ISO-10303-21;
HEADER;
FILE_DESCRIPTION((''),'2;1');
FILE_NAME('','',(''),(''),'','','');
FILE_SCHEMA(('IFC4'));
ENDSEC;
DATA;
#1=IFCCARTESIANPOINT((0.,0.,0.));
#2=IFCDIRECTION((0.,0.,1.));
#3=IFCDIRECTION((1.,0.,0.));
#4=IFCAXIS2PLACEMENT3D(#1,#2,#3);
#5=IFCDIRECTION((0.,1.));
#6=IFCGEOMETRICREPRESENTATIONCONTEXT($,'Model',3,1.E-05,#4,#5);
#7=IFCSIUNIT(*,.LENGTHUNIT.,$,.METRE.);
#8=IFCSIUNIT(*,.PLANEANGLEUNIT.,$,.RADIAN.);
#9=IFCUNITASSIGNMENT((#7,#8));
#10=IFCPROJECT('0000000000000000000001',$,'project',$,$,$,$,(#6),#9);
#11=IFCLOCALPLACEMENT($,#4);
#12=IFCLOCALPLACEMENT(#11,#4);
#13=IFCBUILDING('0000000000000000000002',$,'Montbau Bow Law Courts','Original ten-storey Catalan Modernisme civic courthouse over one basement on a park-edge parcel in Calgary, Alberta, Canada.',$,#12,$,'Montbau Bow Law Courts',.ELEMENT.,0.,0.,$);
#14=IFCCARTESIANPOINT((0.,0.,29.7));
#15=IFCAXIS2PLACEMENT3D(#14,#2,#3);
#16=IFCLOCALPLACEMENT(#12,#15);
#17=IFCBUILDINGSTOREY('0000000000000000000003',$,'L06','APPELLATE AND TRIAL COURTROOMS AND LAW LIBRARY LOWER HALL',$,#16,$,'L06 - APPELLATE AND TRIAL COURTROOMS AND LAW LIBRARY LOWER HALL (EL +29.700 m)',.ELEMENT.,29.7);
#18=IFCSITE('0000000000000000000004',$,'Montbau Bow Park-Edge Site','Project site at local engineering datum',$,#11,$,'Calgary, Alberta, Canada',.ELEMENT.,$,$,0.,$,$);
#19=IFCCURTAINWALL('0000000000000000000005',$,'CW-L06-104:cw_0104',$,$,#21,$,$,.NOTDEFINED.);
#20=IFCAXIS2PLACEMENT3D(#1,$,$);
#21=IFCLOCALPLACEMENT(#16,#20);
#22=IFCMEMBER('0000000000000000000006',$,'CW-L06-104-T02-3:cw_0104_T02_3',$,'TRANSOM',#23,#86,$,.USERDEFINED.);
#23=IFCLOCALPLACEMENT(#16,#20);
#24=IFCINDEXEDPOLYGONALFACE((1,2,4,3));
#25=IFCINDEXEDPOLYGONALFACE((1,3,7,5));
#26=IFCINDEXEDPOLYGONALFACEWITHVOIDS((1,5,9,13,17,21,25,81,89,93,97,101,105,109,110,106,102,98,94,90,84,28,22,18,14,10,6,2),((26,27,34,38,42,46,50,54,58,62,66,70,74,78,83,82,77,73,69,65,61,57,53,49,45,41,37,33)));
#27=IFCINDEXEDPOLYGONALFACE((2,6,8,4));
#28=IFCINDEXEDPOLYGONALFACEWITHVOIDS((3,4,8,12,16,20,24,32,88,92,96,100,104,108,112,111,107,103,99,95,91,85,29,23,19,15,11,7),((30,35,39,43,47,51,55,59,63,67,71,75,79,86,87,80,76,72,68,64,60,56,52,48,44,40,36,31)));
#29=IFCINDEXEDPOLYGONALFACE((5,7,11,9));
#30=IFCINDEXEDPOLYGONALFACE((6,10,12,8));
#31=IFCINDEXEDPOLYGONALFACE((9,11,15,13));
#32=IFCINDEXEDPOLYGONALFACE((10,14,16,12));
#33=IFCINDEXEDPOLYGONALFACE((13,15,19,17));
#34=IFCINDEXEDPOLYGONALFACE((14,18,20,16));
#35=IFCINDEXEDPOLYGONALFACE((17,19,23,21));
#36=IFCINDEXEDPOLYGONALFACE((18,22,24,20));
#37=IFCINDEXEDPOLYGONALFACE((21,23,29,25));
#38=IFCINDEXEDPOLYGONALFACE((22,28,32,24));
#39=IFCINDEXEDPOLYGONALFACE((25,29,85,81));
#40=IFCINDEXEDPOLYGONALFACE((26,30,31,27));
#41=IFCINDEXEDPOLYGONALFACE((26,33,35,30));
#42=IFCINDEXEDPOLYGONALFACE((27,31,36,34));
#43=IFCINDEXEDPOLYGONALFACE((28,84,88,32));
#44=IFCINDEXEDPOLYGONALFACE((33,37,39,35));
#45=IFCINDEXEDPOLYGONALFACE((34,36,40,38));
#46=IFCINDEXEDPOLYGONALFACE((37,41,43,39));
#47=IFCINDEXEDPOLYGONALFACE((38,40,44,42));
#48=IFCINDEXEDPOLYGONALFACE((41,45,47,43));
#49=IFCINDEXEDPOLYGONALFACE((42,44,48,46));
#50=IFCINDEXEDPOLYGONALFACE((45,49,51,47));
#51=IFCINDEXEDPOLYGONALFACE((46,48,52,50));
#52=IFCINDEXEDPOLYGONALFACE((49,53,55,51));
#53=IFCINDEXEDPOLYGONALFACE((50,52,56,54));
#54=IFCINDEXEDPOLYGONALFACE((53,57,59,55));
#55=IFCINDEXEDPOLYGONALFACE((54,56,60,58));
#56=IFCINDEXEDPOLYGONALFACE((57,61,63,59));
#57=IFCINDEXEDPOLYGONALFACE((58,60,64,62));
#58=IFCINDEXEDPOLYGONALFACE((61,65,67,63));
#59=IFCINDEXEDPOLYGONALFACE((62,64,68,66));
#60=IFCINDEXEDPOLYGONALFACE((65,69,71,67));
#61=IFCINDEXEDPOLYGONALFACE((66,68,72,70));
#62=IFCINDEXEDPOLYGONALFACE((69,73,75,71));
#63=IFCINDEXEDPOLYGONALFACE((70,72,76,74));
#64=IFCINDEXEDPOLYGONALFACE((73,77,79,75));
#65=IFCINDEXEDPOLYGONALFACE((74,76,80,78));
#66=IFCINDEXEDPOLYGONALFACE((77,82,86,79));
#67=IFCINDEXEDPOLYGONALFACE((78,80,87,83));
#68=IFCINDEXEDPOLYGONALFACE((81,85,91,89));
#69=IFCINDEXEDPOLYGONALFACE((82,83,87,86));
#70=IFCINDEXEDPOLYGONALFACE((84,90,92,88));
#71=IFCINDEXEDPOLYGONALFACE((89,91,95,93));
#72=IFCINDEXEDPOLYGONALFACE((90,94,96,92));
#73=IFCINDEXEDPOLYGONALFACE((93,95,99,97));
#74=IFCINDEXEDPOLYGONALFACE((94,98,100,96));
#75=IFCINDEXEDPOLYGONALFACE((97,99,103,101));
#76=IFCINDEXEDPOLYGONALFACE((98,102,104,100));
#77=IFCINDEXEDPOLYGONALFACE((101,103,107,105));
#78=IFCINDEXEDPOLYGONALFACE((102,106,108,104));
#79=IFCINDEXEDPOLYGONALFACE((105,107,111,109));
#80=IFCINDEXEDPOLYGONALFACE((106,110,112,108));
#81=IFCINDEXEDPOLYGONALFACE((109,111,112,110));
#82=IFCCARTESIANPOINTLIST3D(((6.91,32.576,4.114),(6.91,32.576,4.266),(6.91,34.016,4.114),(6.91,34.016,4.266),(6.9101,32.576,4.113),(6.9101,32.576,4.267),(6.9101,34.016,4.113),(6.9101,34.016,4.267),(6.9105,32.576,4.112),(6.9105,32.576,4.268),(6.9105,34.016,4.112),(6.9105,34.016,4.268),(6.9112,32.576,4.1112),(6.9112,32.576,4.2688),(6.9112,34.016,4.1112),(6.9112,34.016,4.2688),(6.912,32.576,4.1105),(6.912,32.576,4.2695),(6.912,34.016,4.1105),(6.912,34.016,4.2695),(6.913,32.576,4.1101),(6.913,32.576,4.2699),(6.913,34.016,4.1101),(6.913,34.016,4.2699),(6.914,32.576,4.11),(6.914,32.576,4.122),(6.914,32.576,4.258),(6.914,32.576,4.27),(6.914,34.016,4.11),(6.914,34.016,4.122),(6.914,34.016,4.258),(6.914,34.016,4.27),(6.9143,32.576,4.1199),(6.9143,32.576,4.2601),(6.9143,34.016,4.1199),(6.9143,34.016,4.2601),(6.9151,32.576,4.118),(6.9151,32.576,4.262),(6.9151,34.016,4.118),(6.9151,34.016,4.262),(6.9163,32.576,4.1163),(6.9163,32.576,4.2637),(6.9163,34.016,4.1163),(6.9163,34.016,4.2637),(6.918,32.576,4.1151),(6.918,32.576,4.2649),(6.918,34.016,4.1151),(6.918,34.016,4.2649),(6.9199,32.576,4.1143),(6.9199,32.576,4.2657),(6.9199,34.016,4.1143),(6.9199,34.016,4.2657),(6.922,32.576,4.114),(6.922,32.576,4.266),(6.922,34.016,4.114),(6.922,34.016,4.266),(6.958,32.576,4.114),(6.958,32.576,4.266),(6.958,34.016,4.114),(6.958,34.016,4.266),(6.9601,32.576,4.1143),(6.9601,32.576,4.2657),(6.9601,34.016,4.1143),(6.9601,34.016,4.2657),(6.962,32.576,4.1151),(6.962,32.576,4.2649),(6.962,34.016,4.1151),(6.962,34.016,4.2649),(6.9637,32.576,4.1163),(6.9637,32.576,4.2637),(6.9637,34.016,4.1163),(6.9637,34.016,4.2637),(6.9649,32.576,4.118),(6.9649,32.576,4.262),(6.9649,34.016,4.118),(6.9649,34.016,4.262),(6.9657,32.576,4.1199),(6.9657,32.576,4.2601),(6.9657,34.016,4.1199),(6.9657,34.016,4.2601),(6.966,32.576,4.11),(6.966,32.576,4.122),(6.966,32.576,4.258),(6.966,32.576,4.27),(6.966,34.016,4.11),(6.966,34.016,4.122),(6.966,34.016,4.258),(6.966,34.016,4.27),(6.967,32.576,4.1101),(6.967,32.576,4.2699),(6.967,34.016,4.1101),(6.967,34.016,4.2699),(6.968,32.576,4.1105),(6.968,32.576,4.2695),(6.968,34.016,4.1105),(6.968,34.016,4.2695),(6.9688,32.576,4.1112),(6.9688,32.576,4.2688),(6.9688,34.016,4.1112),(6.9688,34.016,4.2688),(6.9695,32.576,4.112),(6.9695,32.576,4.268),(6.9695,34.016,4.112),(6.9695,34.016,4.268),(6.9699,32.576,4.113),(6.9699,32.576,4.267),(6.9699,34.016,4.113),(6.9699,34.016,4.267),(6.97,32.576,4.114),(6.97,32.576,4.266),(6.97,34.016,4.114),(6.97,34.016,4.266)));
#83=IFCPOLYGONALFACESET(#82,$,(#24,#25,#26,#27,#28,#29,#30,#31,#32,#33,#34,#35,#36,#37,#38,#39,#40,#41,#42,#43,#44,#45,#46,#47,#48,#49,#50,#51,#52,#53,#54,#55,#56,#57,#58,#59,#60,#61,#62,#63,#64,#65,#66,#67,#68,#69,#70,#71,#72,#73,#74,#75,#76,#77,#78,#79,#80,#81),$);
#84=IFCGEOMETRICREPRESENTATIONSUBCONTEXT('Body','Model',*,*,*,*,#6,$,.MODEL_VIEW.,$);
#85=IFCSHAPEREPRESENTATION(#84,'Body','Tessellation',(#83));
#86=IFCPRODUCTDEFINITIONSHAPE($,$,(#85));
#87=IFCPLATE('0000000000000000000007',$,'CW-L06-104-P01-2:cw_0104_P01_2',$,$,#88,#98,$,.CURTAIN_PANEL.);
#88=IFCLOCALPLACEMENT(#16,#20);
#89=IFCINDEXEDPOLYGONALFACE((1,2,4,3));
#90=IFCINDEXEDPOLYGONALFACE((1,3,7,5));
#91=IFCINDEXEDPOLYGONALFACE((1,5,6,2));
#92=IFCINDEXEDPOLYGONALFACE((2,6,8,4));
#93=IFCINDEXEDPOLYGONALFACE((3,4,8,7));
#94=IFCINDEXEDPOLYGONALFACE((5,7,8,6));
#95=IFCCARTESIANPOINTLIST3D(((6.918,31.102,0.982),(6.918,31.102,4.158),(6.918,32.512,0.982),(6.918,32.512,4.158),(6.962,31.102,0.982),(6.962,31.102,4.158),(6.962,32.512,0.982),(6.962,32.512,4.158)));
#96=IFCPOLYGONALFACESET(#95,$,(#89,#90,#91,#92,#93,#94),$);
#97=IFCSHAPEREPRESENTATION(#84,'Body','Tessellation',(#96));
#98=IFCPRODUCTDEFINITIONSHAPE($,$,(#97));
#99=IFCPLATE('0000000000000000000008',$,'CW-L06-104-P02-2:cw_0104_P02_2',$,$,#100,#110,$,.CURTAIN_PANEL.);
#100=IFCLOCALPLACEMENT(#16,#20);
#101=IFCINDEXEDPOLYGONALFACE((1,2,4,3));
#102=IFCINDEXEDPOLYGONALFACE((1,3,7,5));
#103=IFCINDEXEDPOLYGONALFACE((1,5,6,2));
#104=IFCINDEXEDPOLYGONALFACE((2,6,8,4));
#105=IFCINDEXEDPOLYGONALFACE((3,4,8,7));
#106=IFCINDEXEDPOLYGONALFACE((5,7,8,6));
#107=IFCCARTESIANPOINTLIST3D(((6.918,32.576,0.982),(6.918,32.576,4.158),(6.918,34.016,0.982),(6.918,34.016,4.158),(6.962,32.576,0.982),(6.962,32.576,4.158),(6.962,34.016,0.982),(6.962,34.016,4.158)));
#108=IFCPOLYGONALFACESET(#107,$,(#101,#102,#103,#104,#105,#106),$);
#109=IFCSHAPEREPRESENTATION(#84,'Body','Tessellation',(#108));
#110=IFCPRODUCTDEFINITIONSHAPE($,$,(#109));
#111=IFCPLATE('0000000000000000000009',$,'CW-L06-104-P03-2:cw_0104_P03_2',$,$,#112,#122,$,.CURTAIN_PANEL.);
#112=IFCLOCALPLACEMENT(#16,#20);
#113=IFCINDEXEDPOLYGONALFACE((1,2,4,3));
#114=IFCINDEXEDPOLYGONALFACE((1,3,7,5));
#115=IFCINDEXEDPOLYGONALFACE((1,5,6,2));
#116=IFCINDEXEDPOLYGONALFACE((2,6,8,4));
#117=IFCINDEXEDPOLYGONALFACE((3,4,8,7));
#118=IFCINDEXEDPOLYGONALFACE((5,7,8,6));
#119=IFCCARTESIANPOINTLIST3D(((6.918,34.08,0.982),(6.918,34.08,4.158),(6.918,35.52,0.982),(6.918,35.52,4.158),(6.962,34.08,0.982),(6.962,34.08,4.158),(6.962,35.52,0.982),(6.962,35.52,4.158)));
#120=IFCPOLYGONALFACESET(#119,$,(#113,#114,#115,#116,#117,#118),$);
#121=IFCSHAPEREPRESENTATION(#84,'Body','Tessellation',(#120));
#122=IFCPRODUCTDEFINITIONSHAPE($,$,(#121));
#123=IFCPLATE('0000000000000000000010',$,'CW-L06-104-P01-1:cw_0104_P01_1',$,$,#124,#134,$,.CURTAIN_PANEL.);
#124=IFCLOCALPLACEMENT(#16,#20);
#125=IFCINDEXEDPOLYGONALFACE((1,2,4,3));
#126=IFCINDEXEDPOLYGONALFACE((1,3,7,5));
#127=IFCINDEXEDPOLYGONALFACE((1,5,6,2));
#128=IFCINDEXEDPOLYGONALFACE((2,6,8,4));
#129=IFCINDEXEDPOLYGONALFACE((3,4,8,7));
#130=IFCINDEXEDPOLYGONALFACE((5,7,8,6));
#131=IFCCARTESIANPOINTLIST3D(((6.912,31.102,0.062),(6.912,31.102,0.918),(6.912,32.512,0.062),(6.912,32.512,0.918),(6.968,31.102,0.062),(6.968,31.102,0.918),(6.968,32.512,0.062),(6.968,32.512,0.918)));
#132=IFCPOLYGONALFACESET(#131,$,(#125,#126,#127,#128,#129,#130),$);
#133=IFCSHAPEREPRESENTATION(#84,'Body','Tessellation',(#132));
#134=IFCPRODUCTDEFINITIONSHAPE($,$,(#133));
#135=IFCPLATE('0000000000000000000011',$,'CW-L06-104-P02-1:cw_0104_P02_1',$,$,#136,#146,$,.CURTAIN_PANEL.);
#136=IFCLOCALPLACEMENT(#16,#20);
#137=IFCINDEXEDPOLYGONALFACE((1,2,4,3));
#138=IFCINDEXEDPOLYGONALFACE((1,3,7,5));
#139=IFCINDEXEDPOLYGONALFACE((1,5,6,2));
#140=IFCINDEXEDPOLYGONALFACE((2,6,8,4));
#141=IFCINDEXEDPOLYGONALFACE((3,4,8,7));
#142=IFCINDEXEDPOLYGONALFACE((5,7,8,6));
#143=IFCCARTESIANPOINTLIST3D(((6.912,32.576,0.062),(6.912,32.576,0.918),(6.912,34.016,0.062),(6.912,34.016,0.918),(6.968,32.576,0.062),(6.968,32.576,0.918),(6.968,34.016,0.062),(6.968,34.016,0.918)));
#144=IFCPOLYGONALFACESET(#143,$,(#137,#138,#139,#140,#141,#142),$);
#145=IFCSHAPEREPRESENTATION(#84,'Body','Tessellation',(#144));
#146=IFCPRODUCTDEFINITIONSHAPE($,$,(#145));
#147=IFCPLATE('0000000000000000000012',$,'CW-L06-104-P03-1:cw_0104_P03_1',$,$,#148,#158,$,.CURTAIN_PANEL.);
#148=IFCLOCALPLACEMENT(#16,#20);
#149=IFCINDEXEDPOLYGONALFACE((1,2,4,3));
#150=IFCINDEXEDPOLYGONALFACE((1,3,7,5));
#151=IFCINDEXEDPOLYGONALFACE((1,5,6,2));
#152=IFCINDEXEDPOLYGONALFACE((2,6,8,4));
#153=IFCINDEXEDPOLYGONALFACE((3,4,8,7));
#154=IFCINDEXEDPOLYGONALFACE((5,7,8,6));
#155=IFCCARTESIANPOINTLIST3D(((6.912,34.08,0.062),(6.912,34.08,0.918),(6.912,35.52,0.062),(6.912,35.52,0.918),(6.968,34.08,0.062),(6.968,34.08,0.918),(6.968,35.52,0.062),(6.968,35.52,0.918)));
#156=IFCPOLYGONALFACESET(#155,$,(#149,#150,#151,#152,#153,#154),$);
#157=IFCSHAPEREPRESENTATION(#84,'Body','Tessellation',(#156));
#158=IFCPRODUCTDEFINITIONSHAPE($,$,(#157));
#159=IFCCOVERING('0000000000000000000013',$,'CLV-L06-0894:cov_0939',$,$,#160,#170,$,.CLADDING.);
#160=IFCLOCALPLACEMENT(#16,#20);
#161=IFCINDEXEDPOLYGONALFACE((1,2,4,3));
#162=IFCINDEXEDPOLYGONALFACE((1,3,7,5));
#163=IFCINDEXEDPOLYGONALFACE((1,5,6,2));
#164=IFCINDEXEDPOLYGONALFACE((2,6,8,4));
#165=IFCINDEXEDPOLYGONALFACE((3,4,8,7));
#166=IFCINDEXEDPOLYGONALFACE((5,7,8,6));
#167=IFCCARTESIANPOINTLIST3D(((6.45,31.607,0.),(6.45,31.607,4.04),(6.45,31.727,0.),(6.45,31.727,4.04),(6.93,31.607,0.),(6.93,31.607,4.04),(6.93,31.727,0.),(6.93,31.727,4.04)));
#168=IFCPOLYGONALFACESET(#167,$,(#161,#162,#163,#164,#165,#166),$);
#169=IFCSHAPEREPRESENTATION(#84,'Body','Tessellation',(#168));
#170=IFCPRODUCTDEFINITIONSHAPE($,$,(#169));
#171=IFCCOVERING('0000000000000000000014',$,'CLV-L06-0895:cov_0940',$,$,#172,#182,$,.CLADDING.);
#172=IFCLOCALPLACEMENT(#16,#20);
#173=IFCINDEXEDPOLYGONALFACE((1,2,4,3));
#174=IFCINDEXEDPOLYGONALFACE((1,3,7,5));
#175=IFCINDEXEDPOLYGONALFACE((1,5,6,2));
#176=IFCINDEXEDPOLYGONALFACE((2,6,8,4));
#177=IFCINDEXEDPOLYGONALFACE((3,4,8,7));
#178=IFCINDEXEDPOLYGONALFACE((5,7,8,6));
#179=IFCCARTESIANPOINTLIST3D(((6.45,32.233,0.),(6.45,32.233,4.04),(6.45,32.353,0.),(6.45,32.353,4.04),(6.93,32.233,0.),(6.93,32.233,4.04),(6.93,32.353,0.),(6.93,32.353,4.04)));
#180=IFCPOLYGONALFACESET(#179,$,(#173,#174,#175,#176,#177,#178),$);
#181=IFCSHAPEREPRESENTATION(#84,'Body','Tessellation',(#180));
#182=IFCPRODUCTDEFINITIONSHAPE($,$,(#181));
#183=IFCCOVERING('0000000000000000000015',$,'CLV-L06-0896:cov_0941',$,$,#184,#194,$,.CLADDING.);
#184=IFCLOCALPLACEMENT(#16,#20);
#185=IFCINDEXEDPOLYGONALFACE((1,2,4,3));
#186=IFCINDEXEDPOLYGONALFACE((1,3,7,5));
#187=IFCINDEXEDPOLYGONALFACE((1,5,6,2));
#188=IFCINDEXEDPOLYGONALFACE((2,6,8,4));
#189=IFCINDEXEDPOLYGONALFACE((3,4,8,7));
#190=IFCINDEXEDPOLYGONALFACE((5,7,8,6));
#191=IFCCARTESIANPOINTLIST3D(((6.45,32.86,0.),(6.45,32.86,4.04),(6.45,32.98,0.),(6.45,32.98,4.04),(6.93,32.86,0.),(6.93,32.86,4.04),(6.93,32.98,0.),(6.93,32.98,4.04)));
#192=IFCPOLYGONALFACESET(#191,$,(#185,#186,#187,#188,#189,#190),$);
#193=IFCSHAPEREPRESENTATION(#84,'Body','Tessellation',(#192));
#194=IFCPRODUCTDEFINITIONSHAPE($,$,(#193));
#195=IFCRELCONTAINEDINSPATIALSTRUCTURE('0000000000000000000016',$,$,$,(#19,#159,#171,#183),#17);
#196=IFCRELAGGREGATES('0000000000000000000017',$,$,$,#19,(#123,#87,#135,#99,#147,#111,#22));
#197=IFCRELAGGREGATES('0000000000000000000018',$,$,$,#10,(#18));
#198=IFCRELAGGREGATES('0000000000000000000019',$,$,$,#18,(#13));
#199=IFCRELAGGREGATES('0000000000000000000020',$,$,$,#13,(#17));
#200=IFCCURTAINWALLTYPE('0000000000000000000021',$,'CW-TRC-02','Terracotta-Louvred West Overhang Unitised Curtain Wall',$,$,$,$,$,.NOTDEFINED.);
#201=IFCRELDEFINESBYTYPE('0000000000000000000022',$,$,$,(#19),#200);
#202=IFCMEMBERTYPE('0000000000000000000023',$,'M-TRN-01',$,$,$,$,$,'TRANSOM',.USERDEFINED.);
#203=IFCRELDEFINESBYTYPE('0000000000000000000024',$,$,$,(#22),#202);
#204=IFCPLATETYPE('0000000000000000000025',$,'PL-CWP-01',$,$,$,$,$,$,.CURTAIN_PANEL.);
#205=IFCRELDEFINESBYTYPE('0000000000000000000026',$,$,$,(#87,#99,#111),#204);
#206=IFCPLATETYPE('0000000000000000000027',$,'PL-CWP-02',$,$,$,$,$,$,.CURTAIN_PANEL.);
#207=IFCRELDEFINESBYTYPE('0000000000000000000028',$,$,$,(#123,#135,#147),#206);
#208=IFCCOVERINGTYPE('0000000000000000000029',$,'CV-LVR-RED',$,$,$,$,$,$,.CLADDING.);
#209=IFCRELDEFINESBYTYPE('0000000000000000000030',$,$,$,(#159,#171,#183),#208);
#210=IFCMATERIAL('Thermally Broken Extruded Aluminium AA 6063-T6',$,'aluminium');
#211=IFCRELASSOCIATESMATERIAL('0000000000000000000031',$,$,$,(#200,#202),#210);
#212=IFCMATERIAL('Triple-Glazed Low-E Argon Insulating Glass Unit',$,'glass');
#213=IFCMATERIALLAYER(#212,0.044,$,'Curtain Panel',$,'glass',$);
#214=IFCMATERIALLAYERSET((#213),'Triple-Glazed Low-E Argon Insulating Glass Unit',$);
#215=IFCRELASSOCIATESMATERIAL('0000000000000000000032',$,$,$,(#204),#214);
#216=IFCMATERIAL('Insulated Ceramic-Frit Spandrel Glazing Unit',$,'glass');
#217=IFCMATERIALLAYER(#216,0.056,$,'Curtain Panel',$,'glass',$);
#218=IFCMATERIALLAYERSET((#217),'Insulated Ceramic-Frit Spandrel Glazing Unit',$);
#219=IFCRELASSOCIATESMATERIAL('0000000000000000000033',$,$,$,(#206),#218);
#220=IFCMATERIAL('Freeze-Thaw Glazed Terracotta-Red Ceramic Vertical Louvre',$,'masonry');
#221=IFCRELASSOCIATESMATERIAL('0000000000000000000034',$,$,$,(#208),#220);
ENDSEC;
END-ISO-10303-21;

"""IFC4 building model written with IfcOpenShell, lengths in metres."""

from ifc_helpers import new_model, si_unit, direction, frame, frame_2d, origin_with_axes, origin_2d_with_axis, place, context, subcontext, project, spatial, rectangle, hollow_rectangle, extrude, material, layer, layer_set, material_profile, profile_set, type_object, element, aggregate, save


model = new_model("IFC4")

# Units and contexts
model_context = context("Model", 3, precision=1e-05, world=origin_with_axes(), true_north=direction((0.0, 1.0)))
body_context = subcontext(model_context, "Body", "Model", "MODEL_VIEW")
ifc_project = project(units=[si_unit("LENGTHUNIT", "METRE"), si_unit("PLANEANGLEUNIT", "RADIAN")], contexts=[model_context])

# Site, building, storey
site_placement = place(None, origin_with_axes())
site = spatial("IfcSite", under=ifc_project, at=site_placement, Name="Montbau Bow Park-Edge Site", Description="Project site at local engineering datum", LongName="Calgary, Alberta, Canada", CompositionType="ELEMENT", RefElevation=0.0)
building_placement = place(site_placement, origin_with_axes())
building = spatial("IfcBuilding", under=site, at=building_placement, Name="Montbau Bow Law Courts", Description="Original ten-storey Catalan Modernisme civic courthouse over one basement on a park-edge parcel in Calgary, Alberta, Canada.", LongName="Montbau Bow Law Courts", CompositionType="ELEMENT", ElevationOfRefHeight=0.0, ElevationOfTerrain=0.0)
storey_placement = place(building_placement, frame((0.0, 0.0, 29.7), z_axis=(0.0, 0.0, 1.0), x_axis=(1.0, 0.0, 0.0)))
storey = spatial("IfcBuildingStorey", under=building, at=storey_placement, Name="L06", Description="APPELLATE AND TRIAL COURTROOMS AND LAW LIBRARY LOWER HALL", LongName="L06 - APPELLATE AND TRIAL COURTROOMS AND LAW LIBRARY LOWER HALL (EL +29.700 m)", CompositionType="ELEMENT", Elevation=29.7)

# Curtain wall, member, plates
ifc_material_1 = material(Name="Thermally Broken Extruded Aluminium AA 6063-T6", Category="aluminium")
curtain_wall_type = type_object("IfcCurtainWallType", Name="CW-TRC-02", Description="Terracotta-Louvred West Overhang Unitised Curtain Wall", PredefinedType="NOTDEFINED", material=ifc_material_1)
curtain_wall_placement = place(None, frame((6.94, 31.04, 29.7), z_axis=(0.0, 0.0, 1.0), x_axis=(1.0, 0.0, 0.0)))
curtain_wall = element("IfcCurtainWall", 1, at=curtain_wall_placement, inside=storey, type_object=curtain_wall_type, Name="CW-L06-104:cw_0104", PredefinedType="NOTDEFINED")
ifc_material_profile_1 = material_profile(ifc_material_1, hollow_rectangle(XDim=0.06, YDim=0.16, WallThickness=0.004, InnerFilletRadius=0.008, OuterFilletRadius=0.004, at=origin_2d_with_axis()), Name="CWT-160X60", Category="Main", Priority=0)
ifc_profile_set_1 = profile_set([ifc_material_profile_1], Name="Thermally Broken Extruded Aluminium AA 6063-T6")
member_type_1 = type_object("IfcMemberType", Name="M-TRN-01", ElementType="TRANSOM", PredefinedType="USERDEFINED", material=ifc_profile_set_1)
member_1_placement = place(None, frame((6.94, 32.576, 33.89), z_axis=(0.0, 1.0, 0.0), x_axis=(-1.0, 0.0, 0.0)))
member_1 = element("IfcMember", 2, at=member_1_placement, type_object=member_type_1, Name="CW-L06-104-T02-3:cw_0104_T02_3", ObjectType="TRANSOM", PredefinedType="USERDEFINED", context=body_context, shape_type="SweptSolid", body=[
    extrude(hollow_rectangle(XDim=0.06, YDim=0.16, WallThickness=0.004, InnerFilletRadius=0.008, OuterFilletRadius=0.004, at=origin_2d_with_axis()), origin_with_axes(), (0.0, 0.0, 1.0), 1.44),
])
ifc_material_2 = material(Name="Triple-Glazed Low-E Argon Insulating Glass Unit", Category="glass")
ifc_layer_1 = layer(ifc_material_2, 0.044, Name="Curtain Panel", Category="glass")
ifc_layer_set_1 = layer_set([ifc_layer_1], Name="Triple-Glazed Low-E Argon Insulating Glass Unit")
plate_type_1 = type_object("IfcPlateType", Name="PL-CWP-01", PredefinedType="CURTAIN_PANEL", material=ifc_layer_set_1)
plate_1_placement = place(None, frame((6.94, 31.102, 30.682), z_axis=(1.0, 0.0, 0.0), x_axis=(0.0, 1.0, 0.0)))
plate_1 = element("IfcPlate", 3, at=plate_1_placement, type_object=plate_type_1, Name="CW-L06-104-P01-2:cw_0104_P01_2", PredefinedType="CURTAIN_PANEL", context=body_context, shape_type="SweptSolid", body=[
    extrude(rectangle(XDim=1.41, YDim=3.176, at=frame_2d((0.705, 1.588), x_axis=(1.0, 0.0))), frame((0.0, 0.0, -0.022), z_axis=(0.0, 0.0, 1.0), x_axis=(1.0, 0.0, 0.0)), (0.0, 0.0, 1.0), 0.044),
])
plate_2_placement = place(None, frame((6.94, 32.576, 30.682), z_axis=(1.0, 0.0, 0.0), x_axis=(0.0, 1.0, 0.0)))
plate_2 = element("IfcPlate", 4, at=plate_2_placement, type_object=plate_type_1, Name="CW-L06-104-P02-2:cw_0104_P02_2", PredefinedType="CURTAIN_PANEL", context=body_context, shape_type="SweptSolid", body=[
    extrude(rectangle(XDim=1.44, YDim=3.176, at=frame_2d((0.72, 1.588), x_axis=(1.0, 0.0))), frame((0.0, 0.0, -0.022), z_axis=(0.0, 0.0, 1.0), x_axis=(1.0, 0.0, 0.0)), (0.0, 0.0, 1.0), 0.044),
])
plate_3_placement = place(None, frame((6.94, 34.08, 30.682), z_axis=(1.0, 0.0, 0.0), x_axis=(0.0, 1.0, 0.0)))
plate_3 = element("IfcPlate", 5, at=plate_3_placement, type_object=plate_type_1, Name="CW-L06-104-P03-2:cw_0104_P03_2", PredefinedType="CURTAIN_PANEL", context=body_context, shape_type="SweptSolid", body=[
    extrude(rectangle(XDim=1.44, YDim=3.176, at=frame_2d((0.72, 1.588), x_axis=(1.0, 0.0))), frame((0.0, 0.0, -0.022), z_axis=(0.0, 0.0, 1.0), x_axis=(1.0, 0.0, 0.0)), (0.0, 0.0, 1.0), 0.044),
])
ifc_material_3 = material(Name="Insulated Ceramic-Frit Spandrel Glazing Unit", Category="glass")
ifc_layer_2 = layer(ifc_material_3, 0.056, Name="Curtain Panel", Category="glass")
ifc_layer_set_2 = layer_set([ifc_layer_2], Name="Insulated Ceramic-Frit Spandrel Glazing Unit")
plate_type_2 = type_object("IfcPlateType", Name="PL-CWP-02", PredefinedType="CURTAIN_PANEL", material=ifc_layer_set_2)
plate_4_placement = place(None, frame((6.94, 31.102, 29.762), z_axis=(1.0, 0.0, 0.0), x_axis=(0.0, 1.0, 0.0)))
plate_4 = element("IfcPlate", 6, at=plate_4_placement, type_object=plate_type_2, Name="CW-L06-104-P01-1:cw_0104_P01_1", PredefinedType="CURTAIN_PANEL", context=body_context, shape_type="SweptSolid", body=[
    extrude(rectangle(XDim=1.41, YDim=0.856, at=frame_2d((0.705, 0.428), x_axis=(1.0, 0.0))), frame((0.0, 0.0, -0.028), z_axis=(0.0, 0.0, 1.0), x_axis=(1.0, 0.0, 0.0)), (0.0, 0.0, 1.0), 0.056),
])
plate_5_placement = place(None, frame((6.94, 32.576, 29.762), z_axis=(1.0, 0.0, 0.0), x_axis=(0.0, 1.0, 0.0)))
plate_5 = element("IfcPlate", 7, at=plate_5_placement, type_object=plate_type_2, Name="CW-L06-104-P02-1:cw_0104_P02_1", PredefinedType="CURTAIN_PANEL", context=body_context, shape_type="SweptSolid", body=[
    extrude(rectangle(XDim=1.44, YDim=0.856, at=frame_2d((0.72, 0.428), x_axis=(1.0, 0.0))), frame((0.0, 0.0, -0.028), z_axis=(0.0, 0.0, 1.0), x_axis=(1.0, 0.0, 0.0)), (0.0, 0.0, 1.0), 0.056),
])
plate_6_placement = place(None, frame((6.94, 34.08, 29.762), z_axis=(1.0, 0.0, 0.0), x_axis=(0.0, 1.0, 0.0)))
plate_6 = element("IfcPlate", 8, at=plate_6_placement, type_object=plate_type_2, Name="CW-L06-104-P03-1:cw_0104_P03_1", PredefinedType="CURTAIN_PANEL", context=body_context, shape_type="SweptSolid", body=[
    extrude(rectangle(XDim=1.44, YDim=0.856, at=frame_2d((0.72, 0.428), x_axis=(1.0, 0.0))), frame((0.0, 0.0, -0.028), z_axis=(0.0, 0.0, 1.0), x_axis=(1.0, 0.0, 0.0)), (0.0, 0.0, 1.0), 0.056),
])
aggregate(curtain_wall, [plate_4, plate_1, plate_5, plate_2, plate_6, plate_3, member_1])

# Coverings
ifc_material_4 = material(Name="Freeze-Thaw Glazed Terracotta-Red Ceramic Vertical Louvre", Category="masonry")
covering_type = type_object("IfcCoveringType", Name="CV-LVR-RED", PredefinedType="CLADDING", material=ifc_material_4)
for number, where, z_axis, x_axis, name in (
    (9, (6.93, 31.667, 29.7), (0.0, 1.0, 0.0), (-1.0, 0.0, 0.0), "CLV-L06-0894:cov_0939"),
    (10, (6.93, 32.293, 29.7), (0.0, 1.0, 0.0), (-1.0, 0.0, 0.0), "CLV-L06-0895:cov_0940"),
    (11, (6.93, 32.92, 29.7), (0.0, 1.0, 0.0), (-1.0, 0.0, 0.0), "CLV-L06-0896:cov_0941"),
):
    element("IfcCovering", number, at=place(None, frame(where, z_axis=z_axis, x_axis=x_axis)), inside=storey, type_object=covering_type, Name=name, PredefinedType="CLADDING", context=body_context, shape_type="SweptSolid", body=[
        extrude(rectangle(XDim=0.48, YDim=4.04, at=frame_2d((0.24, 2.02), x_axis=(1.0, 0.0))), frame((0.0, 0.0, -0.06), z_axis=(0.0, 0.0, 1.0), x_axis=(1.0, 0.0, 0.0)), (0.0, 0.0, 1.0), 0.12),
    ])

save(model, "model.ifc")
